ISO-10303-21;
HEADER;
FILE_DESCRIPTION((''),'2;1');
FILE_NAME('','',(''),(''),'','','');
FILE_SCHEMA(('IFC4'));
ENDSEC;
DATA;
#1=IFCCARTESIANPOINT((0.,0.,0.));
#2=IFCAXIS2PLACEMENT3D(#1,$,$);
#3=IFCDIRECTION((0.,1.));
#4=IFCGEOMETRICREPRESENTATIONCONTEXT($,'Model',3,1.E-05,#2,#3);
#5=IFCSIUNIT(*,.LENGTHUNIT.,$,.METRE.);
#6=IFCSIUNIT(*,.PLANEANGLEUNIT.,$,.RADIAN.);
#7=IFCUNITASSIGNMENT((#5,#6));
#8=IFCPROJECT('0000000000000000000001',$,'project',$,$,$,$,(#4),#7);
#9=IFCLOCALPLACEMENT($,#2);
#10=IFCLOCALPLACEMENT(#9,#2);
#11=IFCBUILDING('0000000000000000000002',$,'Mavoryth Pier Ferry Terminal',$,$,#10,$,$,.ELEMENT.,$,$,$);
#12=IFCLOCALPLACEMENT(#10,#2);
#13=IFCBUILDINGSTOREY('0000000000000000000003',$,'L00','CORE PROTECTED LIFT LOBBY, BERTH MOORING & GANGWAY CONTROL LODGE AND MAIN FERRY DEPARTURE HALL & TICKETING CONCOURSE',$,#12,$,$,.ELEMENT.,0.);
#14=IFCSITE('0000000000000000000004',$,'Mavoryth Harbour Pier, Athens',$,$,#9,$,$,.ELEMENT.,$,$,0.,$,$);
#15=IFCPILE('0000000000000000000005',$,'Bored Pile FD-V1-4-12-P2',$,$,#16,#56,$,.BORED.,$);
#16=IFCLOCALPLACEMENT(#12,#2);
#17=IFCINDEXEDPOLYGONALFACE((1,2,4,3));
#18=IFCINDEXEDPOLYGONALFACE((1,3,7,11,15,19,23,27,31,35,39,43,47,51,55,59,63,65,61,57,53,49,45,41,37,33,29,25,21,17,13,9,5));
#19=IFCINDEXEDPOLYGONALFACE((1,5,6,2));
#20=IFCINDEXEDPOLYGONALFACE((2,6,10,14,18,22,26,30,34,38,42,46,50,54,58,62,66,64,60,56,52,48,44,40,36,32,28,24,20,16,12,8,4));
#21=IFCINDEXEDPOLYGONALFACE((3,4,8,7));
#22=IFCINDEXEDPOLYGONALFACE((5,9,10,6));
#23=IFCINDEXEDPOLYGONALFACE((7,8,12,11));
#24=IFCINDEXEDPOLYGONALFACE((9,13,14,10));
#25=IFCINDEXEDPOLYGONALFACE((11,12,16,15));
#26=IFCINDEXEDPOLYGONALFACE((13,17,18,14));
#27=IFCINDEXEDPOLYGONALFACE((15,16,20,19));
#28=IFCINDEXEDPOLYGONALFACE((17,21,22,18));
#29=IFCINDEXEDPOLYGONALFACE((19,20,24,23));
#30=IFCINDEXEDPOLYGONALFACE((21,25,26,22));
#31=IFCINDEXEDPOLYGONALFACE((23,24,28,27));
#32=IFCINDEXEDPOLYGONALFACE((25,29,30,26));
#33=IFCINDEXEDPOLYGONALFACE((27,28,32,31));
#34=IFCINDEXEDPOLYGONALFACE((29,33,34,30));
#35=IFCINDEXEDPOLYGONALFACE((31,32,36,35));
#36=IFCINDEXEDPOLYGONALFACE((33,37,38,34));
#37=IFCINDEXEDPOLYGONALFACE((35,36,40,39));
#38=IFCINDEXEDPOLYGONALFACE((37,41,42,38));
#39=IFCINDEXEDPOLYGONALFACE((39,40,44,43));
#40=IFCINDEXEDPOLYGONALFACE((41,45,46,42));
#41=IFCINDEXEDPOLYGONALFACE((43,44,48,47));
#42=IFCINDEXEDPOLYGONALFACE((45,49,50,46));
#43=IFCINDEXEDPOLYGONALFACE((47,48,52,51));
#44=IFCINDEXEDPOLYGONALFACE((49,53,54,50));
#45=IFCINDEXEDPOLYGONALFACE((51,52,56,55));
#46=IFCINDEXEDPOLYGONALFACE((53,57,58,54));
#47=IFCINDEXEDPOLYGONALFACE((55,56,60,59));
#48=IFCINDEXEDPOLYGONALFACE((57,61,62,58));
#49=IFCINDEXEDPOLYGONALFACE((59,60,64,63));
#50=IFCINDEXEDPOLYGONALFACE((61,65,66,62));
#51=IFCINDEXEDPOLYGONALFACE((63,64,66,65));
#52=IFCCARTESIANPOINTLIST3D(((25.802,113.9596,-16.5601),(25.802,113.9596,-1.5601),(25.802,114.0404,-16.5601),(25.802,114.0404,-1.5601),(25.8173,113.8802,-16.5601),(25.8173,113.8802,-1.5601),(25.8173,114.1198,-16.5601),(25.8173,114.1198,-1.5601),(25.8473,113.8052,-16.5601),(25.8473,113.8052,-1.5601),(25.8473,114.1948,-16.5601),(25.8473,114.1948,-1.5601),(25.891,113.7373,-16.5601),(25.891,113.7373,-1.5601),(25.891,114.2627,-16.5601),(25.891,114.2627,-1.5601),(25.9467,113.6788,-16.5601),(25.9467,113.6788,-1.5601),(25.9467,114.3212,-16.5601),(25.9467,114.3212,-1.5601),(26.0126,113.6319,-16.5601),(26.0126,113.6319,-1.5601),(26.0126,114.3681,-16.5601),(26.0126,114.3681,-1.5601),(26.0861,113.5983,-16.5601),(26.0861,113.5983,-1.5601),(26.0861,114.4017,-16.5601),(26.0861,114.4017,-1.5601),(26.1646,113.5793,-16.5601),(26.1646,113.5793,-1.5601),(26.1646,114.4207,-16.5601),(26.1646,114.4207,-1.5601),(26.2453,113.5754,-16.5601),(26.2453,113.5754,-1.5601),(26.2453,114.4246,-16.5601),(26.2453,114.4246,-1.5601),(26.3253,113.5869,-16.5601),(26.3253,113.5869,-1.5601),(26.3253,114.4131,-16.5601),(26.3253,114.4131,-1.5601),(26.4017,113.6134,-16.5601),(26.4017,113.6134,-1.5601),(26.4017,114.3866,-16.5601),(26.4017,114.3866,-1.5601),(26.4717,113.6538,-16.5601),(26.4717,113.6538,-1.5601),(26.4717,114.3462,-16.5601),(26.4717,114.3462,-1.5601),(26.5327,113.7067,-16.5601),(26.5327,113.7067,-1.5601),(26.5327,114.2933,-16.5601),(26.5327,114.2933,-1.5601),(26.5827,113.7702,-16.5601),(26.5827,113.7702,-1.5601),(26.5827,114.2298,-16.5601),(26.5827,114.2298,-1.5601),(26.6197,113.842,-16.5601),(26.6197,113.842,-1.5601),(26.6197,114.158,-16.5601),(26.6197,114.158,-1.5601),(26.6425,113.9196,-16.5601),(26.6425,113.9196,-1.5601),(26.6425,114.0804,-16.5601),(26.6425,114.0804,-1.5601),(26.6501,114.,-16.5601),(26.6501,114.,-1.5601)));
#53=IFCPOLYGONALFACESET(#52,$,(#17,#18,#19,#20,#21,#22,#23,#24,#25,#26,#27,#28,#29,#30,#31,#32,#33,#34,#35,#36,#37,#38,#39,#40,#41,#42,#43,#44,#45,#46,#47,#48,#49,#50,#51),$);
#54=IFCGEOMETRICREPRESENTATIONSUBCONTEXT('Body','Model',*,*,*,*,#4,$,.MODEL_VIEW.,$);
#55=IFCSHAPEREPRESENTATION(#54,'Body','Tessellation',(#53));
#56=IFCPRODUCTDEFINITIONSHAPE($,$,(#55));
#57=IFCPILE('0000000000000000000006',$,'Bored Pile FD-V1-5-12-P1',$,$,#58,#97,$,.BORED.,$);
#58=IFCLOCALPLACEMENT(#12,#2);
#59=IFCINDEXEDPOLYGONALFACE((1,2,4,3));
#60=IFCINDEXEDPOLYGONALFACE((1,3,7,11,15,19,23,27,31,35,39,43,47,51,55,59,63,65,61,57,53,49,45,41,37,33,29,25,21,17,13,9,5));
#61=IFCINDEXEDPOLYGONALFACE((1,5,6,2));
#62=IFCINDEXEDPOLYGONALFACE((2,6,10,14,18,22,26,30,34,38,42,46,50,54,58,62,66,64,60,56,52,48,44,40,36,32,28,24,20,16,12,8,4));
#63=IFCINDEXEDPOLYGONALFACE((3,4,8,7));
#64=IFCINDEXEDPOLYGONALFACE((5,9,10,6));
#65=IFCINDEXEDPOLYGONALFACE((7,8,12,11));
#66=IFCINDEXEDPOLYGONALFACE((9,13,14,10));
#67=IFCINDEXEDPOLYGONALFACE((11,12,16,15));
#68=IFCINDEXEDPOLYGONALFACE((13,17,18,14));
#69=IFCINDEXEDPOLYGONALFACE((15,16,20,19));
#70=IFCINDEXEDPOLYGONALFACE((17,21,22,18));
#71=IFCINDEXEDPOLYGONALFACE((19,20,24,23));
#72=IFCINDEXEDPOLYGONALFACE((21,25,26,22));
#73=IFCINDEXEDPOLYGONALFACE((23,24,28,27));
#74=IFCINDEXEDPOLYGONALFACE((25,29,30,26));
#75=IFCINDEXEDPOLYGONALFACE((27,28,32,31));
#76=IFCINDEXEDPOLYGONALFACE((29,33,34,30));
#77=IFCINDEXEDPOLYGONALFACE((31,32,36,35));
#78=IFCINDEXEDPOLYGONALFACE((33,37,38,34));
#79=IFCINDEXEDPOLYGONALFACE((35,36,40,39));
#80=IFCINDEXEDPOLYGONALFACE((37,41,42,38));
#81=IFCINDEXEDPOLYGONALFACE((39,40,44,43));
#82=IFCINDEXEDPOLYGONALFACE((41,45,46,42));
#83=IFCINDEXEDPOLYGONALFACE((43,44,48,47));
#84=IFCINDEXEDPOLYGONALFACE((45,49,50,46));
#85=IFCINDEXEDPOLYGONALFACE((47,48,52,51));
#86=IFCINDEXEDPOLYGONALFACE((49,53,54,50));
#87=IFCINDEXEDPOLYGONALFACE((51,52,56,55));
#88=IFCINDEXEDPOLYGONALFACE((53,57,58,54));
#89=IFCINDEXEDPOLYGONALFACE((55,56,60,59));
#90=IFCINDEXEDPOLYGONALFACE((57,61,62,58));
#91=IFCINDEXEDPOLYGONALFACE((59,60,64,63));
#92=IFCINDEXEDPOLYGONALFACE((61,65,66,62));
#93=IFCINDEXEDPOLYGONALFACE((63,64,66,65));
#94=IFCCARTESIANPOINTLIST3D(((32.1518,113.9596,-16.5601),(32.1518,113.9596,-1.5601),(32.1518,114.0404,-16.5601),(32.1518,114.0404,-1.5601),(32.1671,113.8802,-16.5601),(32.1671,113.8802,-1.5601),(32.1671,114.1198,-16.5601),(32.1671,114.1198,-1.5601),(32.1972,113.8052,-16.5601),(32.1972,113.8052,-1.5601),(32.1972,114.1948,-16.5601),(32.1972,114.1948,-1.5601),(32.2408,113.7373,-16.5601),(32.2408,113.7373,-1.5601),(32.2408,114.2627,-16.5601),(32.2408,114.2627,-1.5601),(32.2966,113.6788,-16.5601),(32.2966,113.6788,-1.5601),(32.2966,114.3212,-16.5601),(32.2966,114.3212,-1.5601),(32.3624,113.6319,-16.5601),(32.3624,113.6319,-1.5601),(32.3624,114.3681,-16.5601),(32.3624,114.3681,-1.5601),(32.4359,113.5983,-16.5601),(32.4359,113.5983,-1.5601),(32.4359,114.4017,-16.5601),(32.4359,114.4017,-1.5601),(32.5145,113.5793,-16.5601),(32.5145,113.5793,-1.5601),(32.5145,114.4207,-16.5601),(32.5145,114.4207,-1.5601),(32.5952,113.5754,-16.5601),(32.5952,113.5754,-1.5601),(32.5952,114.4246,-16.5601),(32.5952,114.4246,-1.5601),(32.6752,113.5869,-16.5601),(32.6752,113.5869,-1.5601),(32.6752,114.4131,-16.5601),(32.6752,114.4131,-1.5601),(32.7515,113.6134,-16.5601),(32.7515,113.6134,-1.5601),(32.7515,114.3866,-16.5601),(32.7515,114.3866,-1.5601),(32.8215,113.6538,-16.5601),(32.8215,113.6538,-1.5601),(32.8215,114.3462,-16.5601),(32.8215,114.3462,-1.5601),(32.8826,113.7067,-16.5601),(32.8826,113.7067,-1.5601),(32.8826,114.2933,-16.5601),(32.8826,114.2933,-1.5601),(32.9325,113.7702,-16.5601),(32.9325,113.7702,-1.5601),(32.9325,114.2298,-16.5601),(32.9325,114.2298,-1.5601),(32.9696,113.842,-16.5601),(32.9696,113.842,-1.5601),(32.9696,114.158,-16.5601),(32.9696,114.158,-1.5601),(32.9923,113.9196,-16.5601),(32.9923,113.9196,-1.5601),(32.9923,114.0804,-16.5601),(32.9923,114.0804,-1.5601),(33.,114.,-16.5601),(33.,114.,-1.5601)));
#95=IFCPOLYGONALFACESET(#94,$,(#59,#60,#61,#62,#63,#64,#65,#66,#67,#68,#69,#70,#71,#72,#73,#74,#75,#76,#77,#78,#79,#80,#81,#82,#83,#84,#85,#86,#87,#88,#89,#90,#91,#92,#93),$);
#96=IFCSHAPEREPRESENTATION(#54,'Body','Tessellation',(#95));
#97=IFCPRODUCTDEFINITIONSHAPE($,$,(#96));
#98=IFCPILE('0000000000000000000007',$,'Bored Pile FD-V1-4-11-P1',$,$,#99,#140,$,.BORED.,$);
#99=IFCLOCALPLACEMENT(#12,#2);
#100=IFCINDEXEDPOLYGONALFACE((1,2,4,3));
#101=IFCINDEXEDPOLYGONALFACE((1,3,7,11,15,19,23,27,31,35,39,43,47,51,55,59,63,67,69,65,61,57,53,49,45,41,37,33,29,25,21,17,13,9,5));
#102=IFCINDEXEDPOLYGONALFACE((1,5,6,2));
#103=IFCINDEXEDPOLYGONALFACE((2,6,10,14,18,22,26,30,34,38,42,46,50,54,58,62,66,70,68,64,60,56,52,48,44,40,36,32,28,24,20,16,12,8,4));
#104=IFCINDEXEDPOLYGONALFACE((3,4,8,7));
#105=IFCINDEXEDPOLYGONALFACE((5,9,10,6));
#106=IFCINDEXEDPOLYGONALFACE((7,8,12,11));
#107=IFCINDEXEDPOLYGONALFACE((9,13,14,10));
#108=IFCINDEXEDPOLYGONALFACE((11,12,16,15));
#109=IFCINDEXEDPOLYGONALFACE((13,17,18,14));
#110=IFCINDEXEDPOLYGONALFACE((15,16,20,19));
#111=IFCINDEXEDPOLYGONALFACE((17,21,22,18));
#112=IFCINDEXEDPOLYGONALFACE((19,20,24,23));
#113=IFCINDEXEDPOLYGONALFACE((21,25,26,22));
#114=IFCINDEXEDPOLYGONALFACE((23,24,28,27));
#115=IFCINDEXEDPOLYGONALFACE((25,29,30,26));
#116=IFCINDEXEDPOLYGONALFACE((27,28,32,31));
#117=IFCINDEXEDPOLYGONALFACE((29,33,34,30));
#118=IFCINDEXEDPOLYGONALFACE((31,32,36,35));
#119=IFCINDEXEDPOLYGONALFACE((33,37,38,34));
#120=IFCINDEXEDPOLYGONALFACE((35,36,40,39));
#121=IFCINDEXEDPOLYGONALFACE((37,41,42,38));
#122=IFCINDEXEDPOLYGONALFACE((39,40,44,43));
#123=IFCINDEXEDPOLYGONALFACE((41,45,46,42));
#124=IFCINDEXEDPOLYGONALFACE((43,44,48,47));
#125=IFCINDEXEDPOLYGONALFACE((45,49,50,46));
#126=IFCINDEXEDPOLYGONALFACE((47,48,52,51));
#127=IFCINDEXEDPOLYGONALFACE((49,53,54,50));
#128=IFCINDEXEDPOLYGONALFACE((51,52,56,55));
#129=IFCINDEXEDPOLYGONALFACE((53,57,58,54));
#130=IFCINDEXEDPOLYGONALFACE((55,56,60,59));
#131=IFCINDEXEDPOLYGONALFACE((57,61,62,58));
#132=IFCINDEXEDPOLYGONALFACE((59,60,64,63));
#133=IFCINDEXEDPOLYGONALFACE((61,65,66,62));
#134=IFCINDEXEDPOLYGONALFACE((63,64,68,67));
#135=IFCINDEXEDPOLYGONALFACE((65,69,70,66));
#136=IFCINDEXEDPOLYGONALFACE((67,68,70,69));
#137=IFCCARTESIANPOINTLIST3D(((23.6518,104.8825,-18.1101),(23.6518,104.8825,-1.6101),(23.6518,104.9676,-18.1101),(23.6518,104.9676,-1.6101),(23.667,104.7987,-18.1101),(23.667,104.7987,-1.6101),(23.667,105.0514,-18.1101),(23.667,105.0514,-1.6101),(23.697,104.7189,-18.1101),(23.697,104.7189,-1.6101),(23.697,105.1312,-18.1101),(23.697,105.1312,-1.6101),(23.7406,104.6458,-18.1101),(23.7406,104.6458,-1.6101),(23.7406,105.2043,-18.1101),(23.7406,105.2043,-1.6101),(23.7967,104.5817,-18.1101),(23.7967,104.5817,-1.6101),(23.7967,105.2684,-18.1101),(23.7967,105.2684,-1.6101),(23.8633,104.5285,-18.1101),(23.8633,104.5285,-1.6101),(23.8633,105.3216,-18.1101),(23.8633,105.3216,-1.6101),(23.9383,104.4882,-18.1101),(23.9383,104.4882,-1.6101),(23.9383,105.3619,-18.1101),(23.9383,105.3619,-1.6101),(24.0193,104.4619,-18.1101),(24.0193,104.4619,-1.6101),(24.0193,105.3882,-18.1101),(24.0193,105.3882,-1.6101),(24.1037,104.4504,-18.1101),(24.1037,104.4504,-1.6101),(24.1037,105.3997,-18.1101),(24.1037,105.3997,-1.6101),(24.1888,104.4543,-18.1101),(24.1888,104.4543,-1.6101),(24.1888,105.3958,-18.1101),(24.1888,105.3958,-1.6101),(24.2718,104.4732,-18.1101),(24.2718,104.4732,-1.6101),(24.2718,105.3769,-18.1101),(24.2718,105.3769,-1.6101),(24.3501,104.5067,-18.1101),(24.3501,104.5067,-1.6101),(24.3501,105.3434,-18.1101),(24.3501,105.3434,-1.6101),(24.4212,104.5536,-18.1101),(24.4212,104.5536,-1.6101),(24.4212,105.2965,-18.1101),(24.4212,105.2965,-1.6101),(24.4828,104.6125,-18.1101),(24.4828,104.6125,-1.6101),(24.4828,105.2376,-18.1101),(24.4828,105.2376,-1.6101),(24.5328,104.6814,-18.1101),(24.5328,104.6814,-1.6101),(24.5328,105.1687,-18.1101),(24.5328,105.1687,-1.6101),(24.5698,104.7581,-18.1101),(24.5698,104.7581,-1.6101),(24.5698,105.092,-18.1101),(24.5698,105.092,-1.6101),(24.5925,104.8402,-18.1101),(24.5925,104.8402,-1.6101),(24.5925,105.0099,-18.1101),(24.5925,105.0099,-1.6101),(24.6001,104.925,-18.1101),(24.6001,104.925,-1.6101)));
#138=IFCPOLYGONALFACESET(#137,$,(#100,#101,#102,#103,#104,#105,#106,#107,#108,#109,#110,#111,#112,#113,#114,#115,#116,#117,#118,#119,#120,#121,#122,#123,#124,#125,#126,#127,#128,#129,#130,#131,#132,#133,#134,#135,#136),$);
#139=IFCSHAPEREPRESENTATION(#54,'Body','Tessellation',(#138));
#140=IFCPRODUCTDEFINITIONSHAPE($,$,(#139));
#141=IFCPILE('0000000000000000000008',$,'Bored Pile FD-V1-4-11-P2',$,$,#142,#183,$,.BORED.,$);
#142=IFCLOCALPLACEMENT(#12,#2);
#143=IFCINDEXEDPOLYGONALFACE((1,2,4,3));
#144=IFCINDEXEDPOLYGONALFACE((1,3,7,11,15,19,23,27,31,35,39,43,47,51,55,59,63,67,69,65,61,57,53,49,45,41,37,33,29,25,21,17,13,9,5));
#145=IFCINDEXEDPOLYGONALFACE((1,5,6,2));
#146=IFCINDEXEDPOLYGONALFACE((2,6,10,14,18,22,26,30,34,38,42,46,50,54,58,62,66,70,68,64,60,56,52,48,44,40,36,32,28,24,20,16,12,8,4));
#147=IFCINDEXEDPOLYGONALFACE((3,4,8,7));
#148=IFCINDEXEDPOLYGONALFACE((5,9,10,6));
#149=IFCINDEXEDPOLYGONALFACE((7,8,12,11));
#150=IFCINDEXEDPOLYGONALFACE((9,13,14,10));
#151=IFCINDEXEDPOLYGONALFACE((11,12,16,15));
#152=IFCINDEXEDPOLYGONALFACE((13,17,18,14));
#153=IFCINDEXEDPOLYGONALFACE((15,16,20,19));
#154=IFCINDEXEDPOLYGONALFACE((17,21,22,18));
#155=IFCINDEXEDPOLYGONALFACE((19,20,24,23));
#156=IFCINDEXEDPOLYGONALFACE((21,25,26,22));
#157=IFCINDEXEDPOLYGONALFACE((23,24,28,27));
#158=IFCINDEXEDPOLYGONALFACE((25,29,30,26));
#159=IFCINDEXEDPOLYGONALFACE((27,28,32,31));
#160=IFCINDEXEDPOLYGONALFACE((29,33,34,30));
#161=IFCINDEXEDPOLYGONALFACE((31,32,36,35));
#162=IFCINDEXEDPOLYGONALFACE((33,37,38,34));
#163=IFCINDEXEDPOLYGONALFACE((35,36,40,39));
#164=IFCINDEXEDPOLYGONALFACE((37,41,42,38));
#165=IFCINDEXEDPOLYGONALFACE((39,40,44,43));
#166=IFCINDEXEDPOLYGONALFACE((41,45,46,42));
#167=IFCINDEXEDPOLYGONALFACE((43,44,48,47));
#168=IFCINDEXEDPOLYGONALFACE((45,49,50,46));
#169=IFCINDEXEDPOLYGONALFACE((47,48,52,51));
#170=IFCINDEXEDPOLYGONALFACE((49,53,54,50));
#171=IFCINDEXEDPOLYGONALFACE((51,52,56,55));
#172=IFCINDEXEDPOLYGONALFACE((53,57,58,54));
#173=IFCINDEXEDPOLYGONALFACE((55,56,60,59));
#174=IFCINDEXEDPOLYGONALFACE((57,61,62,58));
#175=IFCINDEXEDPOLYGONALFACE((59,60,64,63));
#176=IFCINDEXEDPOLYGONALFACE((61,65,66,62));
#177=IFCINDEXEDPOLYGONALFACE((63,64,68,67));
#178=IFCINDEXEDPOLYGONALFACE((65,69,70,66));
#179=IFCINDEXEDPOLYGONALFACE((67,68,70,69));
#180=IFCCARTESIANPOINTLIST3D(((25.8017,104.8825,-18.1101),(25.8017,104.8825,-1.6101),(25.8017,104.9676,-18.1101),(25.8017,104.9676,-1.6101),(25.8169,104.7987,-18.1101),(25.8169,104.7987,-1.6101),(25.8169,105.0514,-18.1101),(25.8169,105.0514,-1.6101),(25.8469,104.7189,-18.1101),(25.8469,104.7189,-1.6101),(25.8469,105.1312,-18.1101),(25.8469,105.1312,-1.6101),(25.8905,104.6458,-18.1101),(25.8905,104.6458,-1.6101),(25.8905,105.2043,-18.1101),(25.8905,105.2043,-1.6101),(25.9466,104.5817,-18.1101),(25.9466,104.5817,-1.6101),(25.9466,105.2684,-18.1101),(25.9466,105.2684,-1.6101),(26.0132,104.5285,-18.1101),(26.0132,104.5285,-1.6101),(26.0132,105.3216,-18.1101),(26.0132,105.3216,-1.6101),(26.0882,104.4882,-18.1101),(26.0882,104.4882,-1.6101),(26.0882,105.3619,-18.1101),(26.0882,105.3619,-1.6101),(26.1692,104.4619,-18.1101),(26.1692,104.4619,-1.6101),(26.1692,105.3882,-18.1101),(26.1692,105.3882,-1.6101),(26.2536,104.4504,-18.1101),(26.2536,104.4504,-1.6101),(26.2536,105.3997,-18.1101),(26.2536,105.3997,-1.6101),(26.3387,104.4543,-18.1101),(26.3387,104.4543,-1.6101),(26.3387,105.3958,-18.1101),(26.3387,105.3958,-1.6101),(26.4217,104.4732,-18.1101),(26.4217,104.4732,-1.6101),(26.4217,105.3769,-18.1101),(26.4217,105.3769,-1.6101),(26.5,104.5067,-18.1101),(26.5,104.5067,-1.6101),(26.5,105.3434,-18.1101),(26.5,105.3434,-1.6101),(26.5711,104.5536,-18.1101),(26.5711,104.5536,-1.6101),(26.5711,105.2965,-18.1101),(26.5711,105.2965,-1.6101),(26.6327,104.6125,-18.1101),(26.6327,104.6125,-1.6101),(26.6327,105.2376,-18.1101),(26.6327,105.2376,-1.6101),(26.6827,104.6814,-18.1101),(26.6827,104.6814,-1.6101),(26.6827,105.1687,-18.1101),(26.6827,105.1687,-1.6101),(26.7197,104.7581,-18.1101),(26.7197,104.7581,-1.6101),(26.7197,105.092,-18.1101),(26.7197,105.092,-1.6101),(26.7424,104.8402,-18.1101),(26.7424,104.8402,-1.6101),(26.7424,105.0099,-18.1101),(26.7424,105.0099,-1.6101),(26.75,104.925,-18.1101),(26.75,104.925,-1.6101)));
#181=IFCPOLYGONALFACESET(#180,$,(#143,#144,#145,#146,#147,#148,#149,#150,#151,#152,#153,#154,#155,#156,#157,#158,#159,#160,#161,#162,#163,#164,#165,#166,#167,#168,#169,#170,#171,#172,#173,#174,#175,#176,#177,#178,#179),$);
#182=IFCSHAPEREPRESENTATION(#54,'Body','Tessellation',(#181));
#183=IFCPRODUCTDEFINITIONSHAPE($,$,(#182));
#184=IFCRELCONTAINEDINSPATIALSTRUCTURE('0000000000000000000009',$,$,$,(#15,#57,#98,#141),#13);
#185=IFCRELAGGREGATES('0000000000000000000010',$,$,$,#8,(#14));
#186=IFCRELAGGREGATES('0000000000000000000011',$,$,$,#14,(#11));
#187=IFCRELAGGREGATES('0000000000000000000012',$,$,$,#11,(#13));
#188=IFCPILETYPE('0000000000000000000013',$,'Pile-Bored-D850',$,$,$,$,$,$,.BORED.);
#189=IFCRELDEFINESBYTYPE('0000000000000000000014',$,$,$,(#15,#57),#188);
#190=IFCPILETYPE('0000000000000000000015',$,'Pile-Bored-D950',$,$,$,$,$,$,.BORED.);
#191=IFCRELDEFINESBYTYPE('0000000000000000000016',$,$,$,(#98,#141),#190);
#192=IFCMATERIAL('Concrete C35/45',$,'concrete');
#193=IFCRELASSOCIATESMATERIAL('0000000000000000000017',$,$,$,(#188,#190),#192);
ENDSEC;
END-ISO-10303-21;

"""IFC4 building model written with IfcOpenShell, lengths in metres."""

from ifc_helpers import new_model, si_unit, direction, frame, origin, origin_2d, place, context, subcontext, project, spatial, circle, extrude, material, material_profile, profile_set, type_object, element, save


model = new_model("IFC4")

# Units and contexts
model_context = context("Model", 3, precision=1e-05, world=origin(), true_north=direction((0.0, 1.0)))
body_context = subcontext(model_context, "Body", "Model", "MODEL_VIEW")
ifc_project = project(units=[si_unit("LENGTHUNIT", "METRE"), si_unit("PLANEANGLEUNIT", "RADIAN")], contexts=[model_context])

# Site, building, storey
site_placement = place(None, origin())
site = spatial("IfcSite", under=ifc_project, at=site_placement, Name="Mavoryth Harbour Pier, Athens", CompositionType="ELEMENT", RefElevation=0.0)
building_placement = place(site_placement, origin())
building = spatial("IfcBuilding", under=site, at=building_placement, Name="Mavoryth Pier Ferry Terminal", CompositionType="ELEMENT")
storey_placement = place(building_placement, origin())
storey = spatial("IfcBuildingStorey", under=building, at=storey_placement, Name="L00", Description="CORE PROTECTED LIFT LOBBY, BERTH MOORING & GANGWAY CONTROL LODGE AND MAIN FERRY DEPARTURE HALL & TICKETING CONCOURSE", CompositionType="ELEMENT", Elevation=0.0)

# Shared definitions
ifc_material_1 = material(Name="Concrete C35/45", Category="concrete")

# Piles
ifc_material_profile_1 = material_profile(ifc_material_1, circle(Radius=0.425, at=origin_2d()), Name="PILE D850", Category="concrete")
ifc_profile_set_1 = profile_set([ifc_material_profile_1], Name="Concrete C35/45 - PILE D850")
pile_type_1 = type_object("IfcPileType", Name="Pile-Bored-D850", PredefinedType="BORED", material=ifc_profile_set_1)
for number, where, z_axis, x_axis, name in (
    (1, (26.2251, 114.0, -1.5601), (0.0, 0.0, -1.0), (1.0, 0.0, 0.0), "Bored Pile FD-V1-4-12-P2"),
    (2, (32.575, 114.0, -1.5601), (0.0, 0.0, -1.0), (1.0, 0.0, 0.0), "Bored Pile FD-V1-5-12-P1"),
):
    element("IfcPile", number, at=place(storey_placement, frame(where, z_axis=z_axis, x_axis=x_axis)), inside=storey, type_object=pile_type_1, Name=name, PredefinedType="BORED", context=body_context, shape_type="SweptSolid", body=[
        extrude(circle(Radius=0.425, at=origin_2d()), origin(), (0.0, 0.0, 1.0), 15.0),
    ])
ifc_material_profile_2 = material_profile(ifc_material_1, circle(Radius=0.4751, at=origin_2d()), Name="PILE D950", Category="concrete")
ifc_profile_set_2 = profile_set([ifc_material_profile_2], Name="Concrete C35/45 - PILE D950")
pile_type_2 = type_object("IfcPileType", Name="Pile-Bored-D950", PredefinedType="BORED", material=ifc_profile_set_2)
for number, where, z_axis, x_axis, name in (
    (3, (24.125, 104.925, -1.6101), (0.0, 0.0, -1.0), (1.0, 0.0, 0.0), "Bored Pile FD-V1-4-11-P1"),
    (4, (26.2749, 104.925, -1.6101), (0.0, 0.0, -1.0), (1.0, 0.0, 0.0), "Bored Pile FD-V1-4-11-P2"),
):
    element("IfcPile", number, at=place(storey_placement, frame(where, z_axis=z_axis, x_axis=x_axis)), inside=storey, type_object=pile_type_2, Name=name, PredefinedType="BORED", context=body_context, shape_type="SweptSolid", body=[
        extrude(circle(Radius=0.4751, at=origin_2d()), origin(), (0.0, 0.0, 1.0), 16.5),
    ])

save(model, "model.ifc")
